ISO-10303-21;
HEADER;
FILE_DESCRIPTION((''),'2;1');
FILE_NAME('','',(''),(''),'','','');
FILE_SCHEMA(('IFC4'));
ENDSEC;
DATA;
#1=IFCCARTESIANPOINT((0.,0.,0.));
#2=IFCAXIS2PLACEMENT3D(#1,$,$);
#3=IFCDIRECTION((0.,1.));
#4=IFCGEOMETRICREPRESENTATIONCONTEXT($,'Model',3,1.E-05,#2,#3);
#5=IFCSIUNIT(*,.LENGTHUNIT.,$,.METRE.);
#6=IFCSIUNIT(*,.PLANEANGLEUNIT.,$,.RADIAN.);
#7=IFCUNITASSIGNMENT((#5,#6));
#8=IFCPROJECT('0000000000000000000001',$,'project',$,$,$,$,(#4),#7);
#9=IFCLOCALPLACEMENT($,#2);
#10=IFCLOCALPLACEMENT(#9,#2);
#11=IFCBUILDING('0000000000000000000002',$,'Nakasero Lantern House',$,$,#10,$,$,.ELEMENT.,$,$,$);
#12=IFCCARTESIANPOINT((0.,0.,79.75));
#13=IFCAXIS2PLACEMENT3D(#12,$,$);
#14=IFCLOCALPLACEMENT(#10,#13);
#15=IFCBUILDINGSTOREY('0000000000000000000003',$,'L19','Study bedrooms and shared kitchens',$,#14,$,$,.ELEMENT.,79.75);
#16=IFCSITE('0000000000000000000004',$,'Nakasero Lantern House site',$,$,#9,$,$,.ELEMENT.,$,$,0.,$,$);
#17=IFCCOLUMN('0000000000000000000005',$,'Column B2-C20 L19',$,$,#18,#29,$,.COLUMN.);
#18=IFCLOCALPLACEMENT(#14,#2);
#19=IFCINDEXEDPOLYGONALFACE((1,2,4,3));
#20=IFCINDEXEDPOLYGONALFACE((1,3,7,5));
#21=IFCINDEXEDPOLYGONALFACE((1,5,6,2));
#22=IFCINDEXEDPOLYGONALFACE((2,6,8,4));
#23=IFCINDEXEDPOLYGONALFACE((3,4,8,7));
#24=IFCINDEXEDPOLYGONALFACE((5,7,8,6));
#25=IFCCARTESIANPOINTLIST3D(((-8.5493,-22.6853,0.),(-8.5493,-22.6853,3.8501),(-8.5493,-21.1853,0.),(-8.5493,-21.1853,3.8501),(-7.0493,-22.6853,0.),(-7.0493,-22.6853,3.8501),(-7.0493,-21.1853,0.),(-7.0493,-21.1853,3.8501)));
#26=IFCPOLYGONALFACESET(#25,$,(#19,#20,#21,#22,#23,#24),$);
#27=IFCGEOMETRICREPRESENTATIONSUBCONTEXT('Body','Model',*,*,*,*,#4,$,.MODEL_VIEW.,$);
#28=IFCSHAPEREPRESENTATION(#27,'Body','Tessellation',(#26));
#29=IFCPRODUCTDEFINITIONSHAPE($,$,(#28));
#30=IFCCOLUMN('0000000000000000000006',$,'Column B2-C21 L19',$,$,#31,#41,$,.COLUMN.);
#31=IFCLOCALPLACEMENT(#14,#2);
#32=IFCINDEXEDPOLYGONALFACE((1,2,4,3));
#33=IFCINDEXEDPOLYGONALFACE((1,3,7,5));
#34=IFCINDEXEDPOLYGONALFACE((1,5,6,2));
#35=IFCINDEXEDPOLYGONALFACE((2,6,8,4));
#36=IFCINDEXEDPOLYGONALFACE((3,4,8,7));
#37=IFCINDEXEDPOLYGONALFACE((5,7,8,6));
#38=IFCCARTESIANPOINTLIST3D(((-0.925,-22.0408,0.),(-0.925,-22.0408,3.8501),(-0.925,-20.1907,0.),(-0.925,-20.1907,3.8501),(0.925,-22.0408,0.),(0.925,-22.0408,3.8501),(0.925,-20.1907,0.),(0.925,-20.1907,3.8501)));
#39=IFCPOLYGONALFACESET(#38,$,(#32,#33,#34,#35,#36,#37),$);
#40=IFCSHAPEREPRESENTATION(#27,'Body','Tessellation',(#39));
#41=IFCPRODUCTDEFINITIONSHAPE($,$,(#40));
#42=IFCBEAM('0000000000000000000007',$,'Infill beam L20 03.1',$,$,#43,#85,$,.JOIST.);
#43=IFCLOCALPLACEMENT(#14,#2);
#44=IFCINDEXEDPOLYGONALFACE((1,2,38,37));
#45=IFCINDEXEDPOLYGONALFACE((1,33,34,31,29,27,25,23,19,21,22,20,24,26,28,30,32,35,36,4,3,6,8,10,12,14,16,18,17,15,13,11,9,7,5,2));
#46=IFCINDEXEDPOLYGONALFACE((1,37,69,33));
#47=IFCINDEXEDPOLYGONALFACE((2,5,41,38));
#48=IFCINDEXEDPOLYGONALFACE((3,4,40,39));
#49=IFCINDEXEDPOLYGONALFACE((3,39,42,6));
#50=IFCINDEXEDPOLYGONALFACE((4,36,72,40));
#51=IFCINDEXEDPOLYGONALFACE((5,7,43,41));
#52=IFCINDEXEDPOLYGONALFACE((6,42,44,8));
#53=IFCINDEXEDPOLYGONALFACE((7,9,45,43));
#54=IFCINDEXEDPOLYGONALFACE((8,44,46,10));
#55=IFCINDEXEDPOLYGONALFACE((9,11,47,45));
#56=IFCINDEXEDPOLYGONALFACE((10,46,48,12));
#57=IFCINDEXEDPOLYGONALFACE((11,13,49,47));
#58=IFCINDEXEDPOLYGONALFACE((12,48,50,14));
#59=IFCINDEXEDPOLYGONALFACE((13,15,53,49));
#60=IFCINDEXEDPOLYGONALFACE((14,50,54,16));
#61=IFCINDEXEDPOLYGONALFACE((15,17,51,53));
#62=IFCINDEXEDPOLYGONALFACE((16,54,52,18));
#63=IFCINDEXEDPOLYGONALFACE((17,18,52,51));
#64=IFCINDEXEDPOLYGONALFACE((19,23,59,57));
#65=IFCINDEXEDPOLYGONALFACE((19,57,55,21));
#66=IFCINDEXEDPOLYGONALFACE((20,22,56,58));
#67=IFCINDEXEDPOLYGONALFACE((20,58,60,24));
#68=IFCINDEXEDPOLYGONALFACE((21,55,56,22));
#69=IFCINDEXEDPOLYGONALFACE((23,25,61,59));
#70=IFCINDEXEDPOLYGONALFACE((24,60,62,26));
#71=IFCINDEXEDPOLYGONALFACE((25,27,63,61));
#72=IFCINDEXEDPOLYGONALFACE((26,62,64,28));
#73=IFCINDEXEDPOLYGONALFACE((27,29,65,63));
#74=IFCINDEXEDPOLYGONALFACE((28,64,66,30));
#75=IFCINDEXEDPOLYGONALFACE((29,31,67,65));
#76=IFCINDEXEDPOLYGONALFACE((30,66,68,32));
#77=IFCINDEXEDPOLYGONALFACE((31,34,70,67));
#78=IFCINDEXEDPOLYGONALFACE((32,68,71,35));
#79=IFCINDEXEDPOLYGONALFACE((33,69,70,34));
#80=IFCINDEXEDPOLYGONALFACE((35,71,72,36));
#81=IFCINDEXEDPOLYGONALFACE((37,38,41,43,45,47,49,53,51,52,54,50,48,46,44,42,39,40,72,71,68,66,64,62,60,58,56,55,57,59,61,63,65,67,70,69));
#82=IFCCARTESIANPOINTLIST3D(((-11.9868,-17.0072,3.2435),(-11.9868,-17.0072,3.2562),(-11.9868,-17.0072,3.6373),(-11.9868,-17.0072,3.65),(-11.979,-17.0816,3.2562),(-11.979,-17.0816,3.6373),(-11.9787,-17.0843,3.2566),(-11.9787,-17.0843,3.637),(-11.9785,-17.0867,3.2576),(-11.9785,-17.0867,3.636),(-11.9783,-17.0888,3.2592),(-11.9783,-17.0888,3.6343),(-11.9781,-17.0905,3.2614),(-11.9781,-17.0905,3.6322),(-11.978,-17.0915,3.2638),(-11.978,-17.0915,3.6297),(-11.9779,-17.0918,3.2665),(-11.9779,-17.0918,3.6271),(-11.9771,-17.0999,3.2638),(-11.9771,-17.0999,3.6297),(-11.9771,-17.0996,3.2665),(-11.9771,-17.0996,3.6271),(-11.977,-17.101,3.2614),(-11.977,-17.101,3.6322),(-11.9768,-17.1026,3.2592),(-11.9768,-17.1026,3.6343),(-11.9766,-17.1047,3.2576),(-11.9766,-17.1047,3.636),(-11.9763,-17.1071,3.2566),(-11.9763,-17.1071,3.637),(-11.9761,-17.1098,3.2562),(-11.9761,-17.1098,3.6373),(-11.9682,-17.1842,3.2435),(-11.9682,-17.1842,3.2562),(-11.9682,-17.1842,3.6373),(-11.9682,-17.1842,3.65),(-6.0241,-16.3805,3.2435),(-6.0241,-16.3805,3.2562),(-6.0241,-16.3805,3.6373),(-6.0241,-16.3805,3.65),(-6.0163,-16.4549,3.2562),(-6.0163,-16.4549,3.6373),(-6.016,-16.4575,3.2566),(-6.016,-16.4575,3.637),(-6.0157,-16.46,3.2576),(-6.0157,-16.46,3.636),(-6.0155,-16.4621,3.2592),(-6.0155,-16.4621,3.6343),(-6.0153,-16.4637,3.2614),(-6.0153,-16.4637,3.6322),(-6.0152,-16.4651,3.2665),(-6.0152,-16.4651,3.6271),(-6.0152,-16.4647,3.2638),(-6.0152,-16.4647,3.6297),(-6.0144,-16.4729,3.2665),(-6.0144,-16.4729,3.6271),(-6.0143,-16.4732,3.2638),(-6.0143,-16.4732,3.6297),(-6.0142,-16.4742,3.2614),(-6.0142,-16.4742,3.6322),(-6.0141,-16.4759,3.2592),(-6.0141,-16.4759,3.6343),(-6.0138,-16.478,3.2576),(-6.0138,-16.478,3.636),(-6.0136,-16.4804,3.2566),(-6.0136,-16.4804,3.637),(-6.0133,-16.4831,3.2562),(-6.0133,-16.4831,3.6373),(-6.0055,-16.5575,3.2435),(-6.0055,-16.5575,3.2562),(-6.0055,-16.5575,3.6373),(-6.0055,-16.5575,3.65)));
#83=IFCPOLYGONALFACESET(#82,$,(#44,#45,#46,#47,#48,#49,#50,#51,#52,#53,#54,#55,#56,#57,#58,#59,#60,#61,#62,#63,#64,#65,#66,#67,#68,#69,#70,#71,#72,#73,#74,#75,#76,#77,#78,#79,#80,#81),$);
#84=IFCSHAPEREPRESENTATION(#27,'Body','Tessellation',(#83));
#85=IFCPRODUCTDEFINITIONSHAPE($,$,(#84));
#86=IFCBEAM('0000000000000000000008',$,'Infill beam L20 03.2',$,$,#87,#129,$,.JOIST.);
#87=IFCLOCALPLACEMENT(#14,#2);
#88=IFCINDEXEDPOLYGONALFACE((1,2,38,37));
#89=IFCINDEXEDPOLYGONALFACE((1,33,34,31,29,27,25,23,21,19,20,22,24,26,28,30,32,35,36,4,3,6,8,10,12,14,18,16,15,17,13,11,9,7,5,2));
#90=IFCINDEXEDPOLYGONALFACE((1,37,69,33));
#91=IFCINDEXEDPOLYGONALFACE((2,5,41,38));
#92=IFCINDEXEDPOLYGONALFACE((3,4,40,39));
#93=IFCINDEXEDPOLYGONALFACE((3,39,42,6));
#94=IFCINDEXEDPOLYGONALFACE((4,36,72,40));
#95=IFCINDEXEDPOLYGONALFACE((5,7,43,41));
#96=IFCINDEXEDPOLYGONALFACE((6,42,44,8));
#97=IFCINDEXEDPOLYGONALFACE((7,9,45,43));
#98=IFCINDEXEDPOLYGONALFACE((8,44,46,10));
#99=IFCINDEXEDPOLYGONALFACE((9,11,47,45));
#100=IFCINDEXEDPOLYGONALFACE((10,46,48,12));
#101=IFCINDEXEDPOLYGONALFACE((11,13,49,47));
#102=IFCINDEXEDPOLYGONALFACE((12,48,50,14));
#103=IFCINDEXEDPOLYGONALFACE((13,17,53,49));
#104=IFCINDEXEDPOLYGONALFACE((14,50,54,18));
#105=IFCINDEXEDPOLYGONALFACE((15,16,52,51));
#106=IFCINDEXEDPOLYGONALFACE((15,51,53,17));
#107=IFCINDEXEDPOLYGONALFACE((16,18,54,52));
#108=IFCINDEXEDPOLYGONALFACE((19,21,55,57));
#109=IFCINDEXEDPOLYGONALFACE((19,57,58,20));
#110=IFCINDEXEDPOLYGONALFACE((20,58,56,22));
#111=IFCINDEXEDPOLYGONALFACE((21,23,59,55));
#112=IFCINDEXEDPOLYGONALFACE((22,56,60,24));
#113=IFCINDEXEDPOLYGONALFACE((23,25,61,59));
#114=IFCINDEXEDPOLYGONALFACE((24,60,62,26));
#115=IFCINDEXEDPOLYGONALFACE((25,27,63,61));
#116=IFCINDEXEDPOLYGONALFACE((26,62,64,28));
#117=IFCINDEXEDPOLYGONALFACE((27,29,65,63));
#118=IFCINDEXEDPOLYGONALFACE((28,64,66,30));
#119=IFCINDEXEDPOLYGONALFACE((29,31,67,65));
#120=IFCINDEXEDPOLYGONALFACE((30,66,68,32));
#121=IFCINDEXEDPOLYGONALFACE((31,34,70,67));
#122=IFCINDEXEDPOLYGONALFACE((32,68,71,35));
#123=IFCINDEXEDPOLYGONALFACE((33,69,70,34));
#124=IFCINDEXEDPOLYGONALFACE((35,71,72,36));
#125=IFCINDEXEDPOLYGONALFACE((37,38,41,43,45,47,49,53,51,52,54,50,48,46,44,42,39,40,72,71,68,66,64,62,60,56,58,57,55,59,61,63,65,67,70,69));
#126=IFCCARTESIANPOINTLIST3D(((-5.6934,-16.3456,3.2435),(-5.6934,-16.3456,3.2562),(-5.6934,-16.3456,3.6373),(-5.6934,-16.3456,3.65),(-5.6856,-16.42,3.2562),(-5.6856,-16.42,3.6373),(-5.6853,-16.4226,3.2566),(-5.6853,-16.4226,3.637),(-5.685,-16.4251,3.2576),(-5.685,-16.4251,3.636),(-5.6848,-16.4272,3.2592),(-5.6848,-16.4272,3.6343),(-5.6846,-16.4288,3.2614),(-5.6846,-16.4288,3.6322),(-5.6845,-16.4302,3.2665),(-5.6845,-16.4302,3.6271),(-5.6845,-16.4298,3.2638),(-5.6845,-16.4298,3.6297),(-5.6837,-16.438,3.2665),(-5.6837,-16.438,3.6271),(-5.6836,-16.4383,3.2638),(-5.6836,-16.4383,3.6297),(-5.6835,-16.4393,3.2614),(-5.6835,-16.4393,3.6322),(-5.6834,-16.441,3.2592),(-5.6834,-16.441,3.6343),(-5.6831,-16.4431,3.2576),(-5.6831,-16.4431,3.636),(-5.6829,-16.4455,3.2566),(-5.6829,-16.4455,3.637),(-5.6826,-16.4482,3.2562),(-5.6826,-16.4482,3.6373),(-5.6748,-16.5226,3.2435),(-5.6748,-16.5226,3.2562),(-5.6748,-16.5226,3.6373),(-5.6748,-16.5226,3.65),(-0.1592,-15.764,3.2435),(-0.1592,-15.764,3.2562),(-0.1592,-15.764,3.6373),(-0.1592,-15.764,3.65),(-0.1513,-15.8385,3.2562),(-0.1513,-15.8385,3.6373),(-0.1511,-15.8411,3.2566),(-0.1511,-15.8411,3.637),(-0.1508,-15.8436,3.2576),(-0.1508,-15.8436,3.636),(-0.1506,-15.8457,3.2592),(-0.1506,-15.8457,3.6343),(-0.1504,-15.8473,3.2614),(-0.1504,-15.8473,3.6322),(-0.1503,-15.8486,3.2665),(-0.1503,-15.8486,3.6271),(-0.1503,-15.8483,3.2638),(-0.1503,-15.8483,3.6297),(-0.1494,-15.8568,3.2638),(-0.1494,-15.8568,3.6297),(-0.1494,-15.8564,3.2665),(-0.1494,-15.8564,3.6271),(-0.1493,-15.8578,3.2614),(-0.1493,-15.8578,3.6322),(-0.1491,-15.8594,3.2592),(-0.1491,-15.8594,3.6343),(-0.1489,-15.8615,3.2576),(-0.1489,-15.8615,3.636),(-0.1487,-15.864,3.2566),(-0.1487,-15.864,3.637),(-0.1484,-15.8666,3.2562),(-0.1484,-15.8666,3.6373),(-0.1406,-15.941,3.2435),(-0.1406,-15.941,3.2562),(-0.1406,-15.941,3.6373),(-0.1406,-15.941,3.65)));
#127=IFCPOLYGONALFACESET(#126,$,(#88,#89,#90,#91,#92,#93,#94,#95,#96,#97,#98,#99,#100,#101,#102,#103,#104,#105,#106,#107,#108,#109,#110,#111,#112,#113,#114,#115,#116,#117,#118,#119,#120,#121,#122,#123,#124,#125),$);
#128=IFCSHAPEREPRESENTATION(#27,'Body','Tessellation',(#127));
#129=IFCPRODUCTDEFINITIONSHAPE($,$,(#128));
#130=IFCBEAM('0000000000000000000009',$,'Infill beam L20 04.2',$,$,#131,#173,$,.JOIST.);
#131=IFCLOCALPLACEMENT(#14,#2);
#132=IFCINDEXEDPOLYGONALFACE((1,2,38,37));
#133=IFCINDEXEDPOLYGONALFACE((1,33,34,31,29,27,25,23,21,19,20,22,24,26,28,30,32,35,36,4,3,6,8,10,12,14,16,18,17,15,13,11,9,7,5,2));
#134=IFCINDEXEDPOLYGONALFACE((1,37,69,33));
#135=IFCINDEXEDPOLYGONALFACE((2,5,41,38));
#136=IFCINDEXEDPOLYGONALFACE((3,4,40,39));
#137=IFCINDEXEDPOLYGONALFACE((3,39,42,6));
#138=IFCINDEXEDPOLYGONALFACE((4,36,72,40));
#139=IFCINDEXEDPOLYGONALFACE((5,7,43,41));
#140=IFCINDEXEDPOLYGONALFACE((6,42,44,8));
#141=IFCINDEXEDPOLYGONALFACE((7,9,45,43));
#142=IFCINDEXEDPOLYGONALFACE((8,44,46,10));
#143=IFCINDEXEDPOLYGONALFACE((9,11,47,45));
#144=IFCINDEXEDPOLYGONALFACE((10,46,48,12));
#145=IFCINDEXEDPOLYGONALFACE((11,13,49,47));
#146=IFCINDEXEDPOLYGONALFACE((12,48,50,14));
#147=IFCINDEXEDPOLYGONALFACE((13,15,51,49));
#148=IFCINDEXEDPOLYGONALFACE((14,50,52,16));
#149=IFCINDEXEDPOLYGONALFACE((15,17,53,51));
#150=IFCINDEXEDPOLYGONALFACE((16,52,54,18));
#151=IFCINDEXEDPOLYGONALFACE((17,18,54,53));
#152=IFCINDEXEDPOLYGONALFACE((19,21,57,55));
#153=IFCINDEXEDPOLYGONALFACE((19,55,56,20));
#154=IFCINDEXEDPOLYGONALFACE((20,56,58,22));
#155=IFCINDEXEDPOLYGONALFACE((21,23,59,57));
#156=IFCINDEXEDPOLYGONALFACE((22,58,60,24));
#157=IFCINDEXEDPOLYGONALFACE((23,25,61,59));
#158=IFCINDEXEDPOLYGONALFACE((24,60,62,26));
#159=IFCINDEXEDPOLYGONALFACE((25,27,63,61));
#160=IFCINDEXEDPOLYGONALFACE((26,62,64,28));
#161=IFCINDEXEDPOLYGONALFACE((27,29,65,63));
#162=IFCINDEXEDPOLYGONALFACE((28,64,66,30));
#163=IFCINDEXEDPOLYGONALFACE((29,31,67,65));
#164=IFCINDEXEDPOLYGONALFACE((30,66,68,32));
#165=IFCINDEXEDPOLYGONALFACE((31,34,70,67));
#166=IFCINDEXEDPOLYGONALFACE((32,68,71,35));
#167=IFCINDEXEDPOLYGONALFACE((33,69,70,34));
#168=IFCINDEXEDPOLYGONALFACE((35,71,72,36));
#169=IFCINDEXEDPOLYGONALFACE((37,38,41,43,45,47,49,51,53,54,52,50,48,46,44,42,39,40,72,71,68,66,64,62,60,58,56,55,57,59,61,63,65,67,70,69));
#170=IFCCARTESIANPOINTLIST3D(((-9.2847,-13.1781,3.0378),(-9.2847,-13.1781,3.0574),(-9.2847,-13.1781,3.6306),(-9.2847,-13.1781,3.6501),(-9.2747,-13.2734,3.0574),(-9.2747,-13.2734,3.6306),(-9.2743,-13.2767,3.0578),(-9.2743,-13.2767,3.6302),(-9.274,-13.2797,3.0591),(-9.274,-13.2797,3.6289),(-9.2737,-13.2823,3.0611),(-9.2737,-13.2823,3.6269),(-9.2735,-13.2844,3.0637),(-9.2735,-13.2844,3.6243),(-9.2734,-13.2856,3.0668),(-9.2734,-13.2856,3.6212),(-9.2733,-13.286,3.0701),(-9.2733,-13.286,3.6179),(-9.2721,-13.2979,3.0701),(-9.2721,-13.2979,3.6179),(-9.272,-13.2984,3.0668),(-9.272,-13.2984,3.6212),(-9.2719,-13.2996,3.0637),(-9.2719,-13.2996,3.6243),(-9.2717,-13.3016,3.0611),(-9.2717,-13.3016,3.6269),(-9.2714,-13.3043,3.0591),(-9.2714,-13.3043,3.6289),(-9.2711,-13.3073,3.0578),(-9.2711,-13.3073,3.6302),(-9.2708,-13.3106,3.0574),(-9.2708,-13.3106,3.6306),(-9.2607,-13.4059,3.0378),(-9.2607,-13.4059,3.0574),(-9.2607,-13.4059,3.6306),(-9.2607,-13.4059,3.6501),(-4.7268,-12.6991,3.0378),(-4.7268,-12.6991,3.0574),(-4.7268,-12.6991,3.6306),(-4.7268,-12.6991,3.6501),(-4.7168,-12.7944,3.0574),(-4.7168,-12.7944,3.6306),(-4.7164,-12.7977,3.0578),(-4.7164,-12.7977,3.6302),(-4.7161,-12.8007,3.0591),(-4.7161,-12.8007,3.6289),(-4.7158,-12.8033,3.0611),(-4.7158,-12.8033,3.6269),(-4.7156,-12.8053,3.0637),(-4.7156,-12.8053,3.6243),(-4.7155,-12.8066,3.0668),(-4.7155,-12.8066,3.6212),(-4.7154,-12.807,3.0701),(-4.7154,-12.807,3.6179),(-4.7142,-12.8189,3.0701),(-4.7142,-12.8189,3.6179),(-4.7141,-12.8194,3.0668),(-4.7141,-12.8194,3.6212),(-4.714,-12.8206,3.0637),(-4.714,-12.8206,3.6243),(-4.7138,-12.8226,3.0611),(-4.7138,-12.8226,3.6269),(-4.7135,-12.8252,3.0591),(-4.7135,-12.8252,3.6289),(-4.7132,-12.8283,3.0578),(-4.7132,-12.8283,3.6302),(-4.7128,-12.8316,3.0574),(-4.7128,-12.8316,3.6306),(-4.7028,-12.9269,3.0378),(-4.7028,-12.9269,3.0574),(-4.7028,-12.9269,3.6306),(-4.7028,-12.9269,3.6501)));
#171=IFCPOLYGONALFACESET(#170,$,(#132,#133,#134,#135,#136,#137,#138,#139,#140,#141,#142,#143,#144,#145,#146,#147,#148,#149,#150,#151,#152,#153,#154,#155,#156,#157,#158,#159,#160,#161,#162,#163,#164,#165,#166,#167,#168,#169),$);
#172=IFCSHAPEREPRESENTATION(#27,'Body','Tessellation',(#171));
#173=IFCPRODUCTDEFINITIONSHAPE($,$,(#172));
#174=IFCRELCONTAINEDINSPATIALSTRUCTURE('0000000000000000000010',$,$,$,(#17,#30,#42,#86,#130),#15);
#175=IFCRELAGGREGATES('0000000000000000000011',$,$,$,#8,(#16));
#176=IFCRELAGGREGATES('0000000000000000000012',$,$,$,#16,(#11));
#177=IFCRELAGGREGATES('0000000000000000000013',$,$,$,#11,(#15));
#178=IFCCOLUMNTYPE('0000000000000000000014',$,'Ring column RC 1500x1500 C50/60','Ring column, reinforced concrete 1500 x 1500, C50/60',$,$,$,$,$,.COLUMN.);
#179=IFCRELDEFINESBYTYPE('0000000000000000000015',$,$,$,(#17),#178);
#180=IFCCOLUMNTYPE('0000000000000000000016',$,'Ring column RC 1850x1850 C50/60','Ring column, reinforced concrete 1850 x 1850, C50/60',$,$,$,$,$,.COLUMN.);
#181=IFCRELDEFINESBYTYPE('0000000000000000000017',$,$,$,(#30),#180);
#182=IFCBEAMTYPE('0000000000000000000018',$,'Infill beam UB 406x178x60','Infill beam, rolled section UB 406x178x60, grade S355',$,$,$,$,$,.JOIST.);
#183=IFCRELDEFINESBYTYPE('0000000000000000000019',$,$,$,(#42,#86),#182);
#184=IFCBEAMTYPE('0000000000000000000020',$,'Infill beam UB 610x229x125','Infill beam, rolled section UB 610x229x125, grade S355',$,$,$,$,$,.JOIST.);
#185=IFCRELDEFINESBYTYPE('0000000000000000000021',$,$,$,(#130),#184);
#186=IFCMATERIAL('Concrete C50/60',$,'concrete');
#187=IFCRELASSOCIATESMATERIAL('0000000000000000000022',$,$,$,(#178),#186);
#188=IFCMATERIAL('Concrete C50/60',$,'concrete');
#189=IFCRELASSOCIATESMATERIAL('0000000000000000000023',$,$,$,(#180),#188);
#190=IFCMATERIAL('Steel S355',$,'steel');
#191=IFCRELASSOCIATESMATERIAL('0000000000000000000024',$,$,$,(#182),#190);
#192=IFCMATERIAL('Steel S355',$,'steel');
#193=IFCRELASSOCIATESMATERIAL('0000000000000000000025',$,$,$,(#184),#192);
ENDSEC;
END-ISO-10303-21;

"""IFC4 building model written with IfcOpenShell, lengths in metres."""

from ifc_helpers import new_model, si_unit, direction, frame, origin, origin_2d, place, context, subcontext, project, spatial, rectangle, i_section, extrude, material, material_profile, profile_set, type_object, element, save


model = new_model("IFC4")

# Units and contexts
model_context = context("Model", 3, precision=1e-05, world=origin(), true_north=direction((0.0, 1.0)))
body_context = subcontext(model_context, "Body", "Model", "MODEL_VIEW")
ifc_project = project(units=[si_unit("LENGTHUNIT", "METRE"), si_unit("PLANEANGLEUNIT", "RADIAN")], contexts=[model_context])

# Site, building, storey
site_placement = place(None, origin())
site = spatial("IfcSite", under=ifc_project, at=site_placement, Name="Nakasero Lantern House site", CompositionType="ELEMENT", RefElevation=0.0)
building_placement = place(site_placement, origin())
building = spatial("IfcBuilding", under=site, at=building_placement, Name="Nakasero Lantern House", CompositionType="ELEMENT")
storey_placement = place(building_placement, frame((0.0, 0.0, 79.75)))
storey = spatial("IfcBuildingStorey", under=building, at=storey_placement, Name="L19", Description="Study bedrooms and shared kitchens", CompositionType="ELEMENT", Elevation=79.75)

# Columns
ifc_material_1 = material(Name="Concrete C50/60", Category="concrete")
ifc_material_profile_1 = material_profile(ifc_material_1, rectangle(XDim=1.5, YDim=1.5, at=origin_2d()), Name="RC 1500x1500")
ifc_profile_set_1 = profile_set([ifc_material_profile_1], Name="Concrete C50/60")
column_type_1 = type_object("IfcColumnType", Name="Ring column RC 1500x1500 C50/60", Description="Ring column, reinforced concrete 1500 x 1500, C50/60", PredefinedType="COLUMN", material=ifc_profile_set_1)
column_1_placement = place(storey_placement, frame((-7.7993, -21.9353, 0.0), z_axis=(0.0, 0.0, 1.0), x_axis=(1.0, 0.0, 0.0)))
element("IfcColumn", 1, at=column_1_placement, inside=storey, type_object=column_type_1, Name="Column B2-C20 L19", PredefinedType="COLUMN", context=body_context, shape_type="SweptSolid", body=[
    extrude(rectangle(XDim=1.5, YDim=1.5, at=origin_2d()), origin(), (0.0, 0.0, 1.0), 3.8501),
])
ifc_material_2 = material(Name="Concrete C50/60", Category="concrete")
ifc_material_profile_2 = material_profile(ifc_material_2, rectangle(XDim=1.8501, YDim=1.8501, at=origin_2d()), Name="RC 1850x1850")
ifc_profile_set_2 = profile_set([ifc_material_profile_2], Name="Concrete C50/60")
column_type_2 = type_object("IfcColumnType", Name="Ring column RC 1850x1850 C50/60", Description="Ring column, reinforced concrete 1850 x 1850, C50/60", PredefinedType="COLUMN", material=ifc_profile_set_2)
column_2_placement = place(storey_placement, frame((0.0, -21.1157, 0.0), z_axis=(0.0, 0.0, 1.0), x_axis=(1.0, 0.0, 0.0)))
element("IfcColumn", 2, at=column_2_placement, inside=storey, type_object=column_type_2, Name="Column B2-C21 L19", PredefinedType="COLUMN", context=body_context, shape_type="SweptSolid", body=[
    extrude(rectangle(XDim=1.8501, YDim=1.8501, at=origin_2d()), origin(), (0.0, 0.0, 1.0), 3.8501),
])

# Beams
ifc_material_3 = material(Name="Steel S355", Category="steel")
ifc_material_profile_3 = material_profile(ifc_material_3, i_section(OverallWidth=0.178, OverallDepth=0.4065, WebThickness=0.0078, FlangeThickness=0.0127, FilletRadius=0.0103, at=origin_2d()), Name="UB 406x178x60")
ifc_profile_set_3 = profile_set([ifc_material_profile_3], Name="Steel S355")
beam_type_1 = type_object("IfcBeamType", Name="Infill beam UB 406x178x60", Description="Infill beam, rolled section UB 406x178x60, grade S355", PredefinedType="JOIST", material=ifc_profile_set_3)
beam_1_placement = place(storey_placement, frame((-11.9775, -17.0957, 3.4468), z_axis=(0.994522, 0.10453, 0.0), x_axis=(-0.10453, 0.994522, 0.0)))
element("IfcBeam", 3, at=beam_1_placement, inside=storey, type_object=beam_type_1, Name="Infill beam L20 03.1", PredefinedType="JOIST", context=body_context, shape_type="SweptSolid", body=[
    extrude(i_section(OverallWidth=0.178, OverallDepth=0.4065, WebThickness=0.0078, FlangeThickness=0.0127, FilletRadius=0.0103, at=origin_2d()), origin(), (0.0, 0.0, 1.0), 5.9956),
])
beam_2_placement = place(storey_placement, frame((-5.6841, -16.4341, 3.4468), z_axis=(0.994524, 0.104507, 0.0), x_axis=(-0.104507, 0.994524, 0.0)))
element("IfcBeam", 4, at=beam_2_placement, inside=storey, type_object=beam_type_1, Name="Infill beam L20 03.2", PredefinedType="JOIST", context=body_context, shape_type="SweptSolid", body=[
    extrude(i_section(OverallWidth=0.178, OverallDepth=0.4065, WebThickness=0.0078, FlangeThickness=0.0127, FilletRadius=0.0103, at=origin_2d()), origin(), (0.0, 0.0, 1.0), 5.5647),
])
ifc_material_4 = material(Name="Steel S355", Category="steel")
ifc_material_profile_4 = material_profile(ifc_material_4, i_section(OverallWidth=0.229, OverallDepth=0.6123, WebThickness=0.012, FlangeThickness=0.0195, FilletRadius=0.0127, at=origin_2d()), Name="UB 610x229x125")
ifc_profile_set_4 = profile_set([ifc_material_profile_4], Name="Steel S355")
beam_type_2 = type_object("IfcBeamType", Name="Infill beam UB 610x229x125", Description="Infill beam, rolled section UB 610x229x125, grade S355", PredefinedType="JOIST", material=ifc_profile_set_4)
beam_3_placement = place(storey_placement, frame((-9.2727, -13.292, 3.344), z_axis=(0.994523, 0.104518, 0.0), x_axis=(-0.104518, 0.994523, 0.0)))
element("IfcBeam", 5, at=beam_3_placement, inside=storey, type_object=beam_type_2, Name="Infill beam L20 04.2", PredefinedType="JOIST", context=body_context, shape_type="SweptSolid", body=[
    extrude(i_section(OverallWidth=0.229, OverallDepth=0.6123, WebThickness=0.012, FlangeThickness=0.0195, FilletRadius=0.0127, at=origin_2d()), origin(), (0.0, 0.0, 1.0), 4.583),
])

save(model, "model.ifc")
